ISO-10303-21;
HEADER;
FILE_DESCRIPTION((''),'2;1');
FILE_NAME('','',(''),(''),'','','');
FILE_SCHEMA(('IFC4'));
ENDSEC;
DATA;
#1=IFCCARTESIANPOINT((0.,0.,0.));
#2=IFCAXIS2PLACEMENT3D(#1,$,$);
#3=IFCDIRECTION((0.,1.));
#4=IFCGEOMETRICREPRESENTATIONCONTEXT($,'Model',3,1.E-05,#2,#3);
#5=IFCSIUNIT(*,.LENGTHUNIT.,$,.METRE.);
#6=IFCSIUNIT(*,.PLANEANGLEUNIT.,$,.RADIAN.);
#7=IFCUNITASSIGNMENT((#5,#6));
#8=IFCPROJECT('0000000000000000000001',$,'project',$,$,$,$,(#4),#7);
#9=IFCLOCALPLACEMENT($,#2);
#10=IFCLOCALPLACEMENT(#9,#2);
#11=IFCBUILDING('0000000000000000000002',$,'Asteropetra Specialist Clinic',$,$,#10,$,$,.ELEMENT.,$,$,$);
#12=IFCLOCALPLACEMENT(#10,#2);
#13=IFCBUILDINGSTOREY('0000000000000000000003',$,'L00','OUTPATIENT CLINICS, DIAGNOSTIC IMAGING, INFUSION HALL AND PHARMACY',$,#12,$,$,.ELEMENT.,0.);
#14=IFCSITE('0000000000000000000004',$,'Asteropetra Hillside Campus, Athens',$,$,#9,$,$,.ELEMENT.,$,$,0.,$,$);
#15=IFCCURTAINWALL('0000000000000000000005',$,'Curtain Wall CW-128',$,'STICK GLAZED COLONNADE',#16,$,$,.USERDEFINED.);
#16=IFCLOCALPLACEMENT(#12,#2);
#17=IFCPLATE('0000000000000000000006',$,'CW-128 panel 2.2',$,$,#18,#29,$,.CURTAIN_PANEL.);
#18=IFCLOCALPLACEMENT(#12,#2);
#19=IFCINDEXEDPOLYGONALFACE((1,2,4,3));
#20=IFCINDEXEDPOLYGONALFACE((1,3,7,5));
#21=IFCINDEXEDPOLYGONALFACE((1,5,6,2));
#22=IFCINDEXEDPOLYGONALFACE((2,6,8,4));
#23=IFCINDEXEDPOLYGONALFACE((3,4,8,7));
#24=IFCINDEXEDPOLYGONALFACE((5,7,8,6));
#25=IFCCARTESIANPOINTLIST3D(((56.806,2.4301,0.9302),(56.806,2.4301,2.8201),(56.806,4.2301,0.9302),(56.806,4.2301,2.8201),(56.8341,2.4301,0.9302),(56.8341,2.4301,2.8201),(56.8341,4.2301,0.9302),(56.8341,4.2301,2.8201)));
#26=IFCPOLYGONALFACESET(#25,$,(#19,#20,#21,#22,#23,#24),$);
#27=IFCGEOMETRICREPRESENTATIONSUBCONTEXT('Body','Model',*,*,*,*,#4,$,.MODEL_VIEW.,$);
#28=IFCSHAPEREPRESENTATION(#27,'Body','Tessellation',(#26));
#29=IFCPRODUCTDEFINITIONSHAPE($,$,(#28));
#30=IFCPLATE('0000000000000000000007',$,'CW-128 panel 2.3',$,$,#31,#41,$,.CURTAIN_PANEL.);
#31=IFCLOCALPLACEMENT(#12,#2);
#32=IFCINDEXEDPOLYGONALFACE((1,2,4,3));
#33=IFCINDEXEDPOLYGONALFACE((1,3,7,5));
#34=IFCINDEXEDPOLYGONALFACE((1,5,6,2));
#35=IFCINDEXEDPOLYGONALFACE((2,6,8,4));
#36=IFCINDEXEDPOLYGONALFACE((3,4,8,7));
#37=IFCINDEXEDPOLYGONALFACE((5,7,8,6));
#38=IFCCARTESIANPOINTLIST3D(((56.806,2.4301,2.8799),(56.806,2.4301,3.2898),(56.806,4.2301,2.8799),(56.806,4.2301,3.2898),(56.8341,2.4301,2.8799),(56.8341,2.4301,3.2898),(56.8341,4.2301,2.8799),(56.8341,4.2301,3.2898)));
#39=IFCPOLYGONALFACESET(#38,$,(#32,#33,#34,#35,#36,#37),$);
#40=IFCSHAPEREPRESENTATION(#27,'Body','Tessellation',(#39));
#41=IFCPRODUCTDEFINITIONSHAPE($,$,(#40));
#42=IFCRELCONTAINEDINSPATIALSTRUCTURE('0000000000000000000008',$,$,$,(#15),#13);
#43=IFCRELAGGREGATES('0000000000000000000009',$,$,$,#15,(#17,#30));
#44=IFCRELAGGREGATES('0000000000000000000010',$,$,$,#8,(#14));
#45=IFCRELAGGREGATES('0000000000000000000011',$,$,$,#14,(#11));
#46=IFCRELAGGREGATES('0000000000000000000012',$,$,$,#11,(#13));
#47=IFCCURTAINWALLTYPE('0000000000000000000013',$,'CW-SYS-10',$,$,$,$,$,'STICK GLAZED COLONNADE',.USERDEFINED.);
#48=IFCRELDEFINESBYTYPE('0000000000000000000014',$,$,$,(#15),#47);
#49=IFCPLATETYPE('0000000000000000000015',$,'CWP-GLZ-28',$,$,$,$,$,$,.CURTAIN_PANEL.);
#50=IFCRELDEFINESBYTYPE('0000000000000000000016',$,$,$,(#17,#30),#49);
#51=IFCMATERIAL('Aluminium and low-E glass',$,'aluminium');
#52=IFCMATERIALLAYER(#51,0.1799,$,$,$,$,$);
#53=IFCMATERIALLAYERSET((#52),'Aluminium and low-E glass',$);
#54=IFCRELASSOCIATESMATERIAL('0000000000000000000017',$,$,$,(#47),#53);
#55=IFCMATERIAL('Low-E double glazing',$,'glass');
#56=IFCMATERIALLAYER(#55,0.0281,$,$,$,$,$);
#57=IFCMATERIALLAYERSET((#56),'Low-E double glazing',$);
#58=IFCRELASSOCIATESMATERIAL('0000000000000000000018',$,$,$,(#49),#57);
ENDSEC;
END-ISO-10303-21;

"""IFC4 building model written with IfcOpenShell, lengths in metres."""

from ifc_helpers import new_model, si_unit, direction, frame, origin, origin_2d, place, context, subcontext, project, spatial, rectangle, extrude, material, layer, layer_set, type_object, element, aggregate, save


model = new_model("IFC4")

# Units and contexts
model_context = context("Model", 3, precision=1e-05, world=origin(), true_north=direction((0.0, 1.0)))
body_context = subcontext(model_context, "Body", "Model", "MODEL_VIEW")
ifc_project = project(units=[si_unit("LENGTHUNIT", "METRE"), si_unit("PLANEANGLEUNIT", "RADIAN")], contexts=[model_context])

# Site, building, storey
site_placement = place(None, origin())
site = spatial("IfcSite", under=ifc_project, at=site_placement, Name="Asteropetra Hillside Campus, Athens", CompositionType="ELEMENT", RefElevation=0.0)
building_placement = place(site_placement, origin())
building = spatial("IfcBuilding", under=site, at=building_placement, Name="Asteropetra Specialist Clinic", CompositionType="ELEMENT")
storey_placement = place(building_placement, origin())
storey = spatial("IfcBuildingStorey", under=building, at=storey_placement, Name="L00", Description="OUTPATIENT CLINICS, DIAGNOSTIC IMAGING, INFUSION HALL AND PHARMACY", CompositionType="ELEMENT", Elevation=0.0)

# Curtain wall
ifc_material_1 = material(Name="Aluminium and low-E glass", Category="aluminium")
ifc_layer_1 = layer(ifc_material_1, 0.1799)
ifc_layer_set_1 = layer_set([ifc_layer_1], Name="Aluminium and low-E glass")
curtain_wall_type = type_object("IfcCurtainWallType", Name="CW-SYS-10", ElementType="STICK GLAZED COLONNADE", PredefinedType="USERDEFINED", material=ifc_layer_set_1)
curtain_wall_1_placement = place(storey_placement, origin())
curtain_wall_1 = element("IfcCurtainWall", 1, at=curtain_wall_1_placement, inside=storey, type_object=curtain_wall_type, Name="Curtain Wall CW-128", ObjectType="STICK GLAZED COLONNADE", PredefinedType="USERDEFINED")

# Plates
ifc_material_2 = material(Name="Low-E double glazing", Category="glass")
ifc_layer_2 = layer(ifc_material_2, 0.0281)
ifc_layer_set_2 = layer_set([ifc_layer_2], Name="Low-E double glazing")
plate_type = type_object("IfcPlateType", Name="CWP-GLZ-28", PredefinedType="CURTAIN_PANEL", material=ifc_layer_set_2)
plate_1_placement = place(storey_placement, frame((56.8201, 3.3301, 0.9302), z_axis=(0.0, 0.0, 1.0), x_axis=(0.0, 1.0, 0.0)))
plate_1 = element("IfcPlate", 2, at=plate_1_placement, type_object=plate_type, Name="CW-128 panel 2.2", PredefinedType="CURTAIN_PANEL", context=body_context, shape_type="SweptSolid", body=[
    extrude(rectangle(XDim=1.8, YDim=0.0281, at=origin_2d()), origin(), (0.0, 0.0, 1.0), 1.8899),
])
plate_2_placement = place(storey_placement, frame((56.8201, 3.3301, 2.8799), z_axis=(0.0, 0.0, 1.0), x_axis=(0.0, 1.0, 0.0)))
plate_2 = element("IfcPlate", 3, at=plate_2_placement, type_object=plate_type, Name="CW-128 panel 2.3", PredefinedType="CURTAIN_PANEL", context=body_context, shape_type="SweptSolid", body=[
    extrude(rectangle(XDim=1.8, YDim=0.0281, at=origin_2d()), origin(), (0.0, 0.0, 1.0), 0.4099),
])
aggregate(curtain_wall_1, [plate_1, plate_2])

save(model, "model.ifc")
